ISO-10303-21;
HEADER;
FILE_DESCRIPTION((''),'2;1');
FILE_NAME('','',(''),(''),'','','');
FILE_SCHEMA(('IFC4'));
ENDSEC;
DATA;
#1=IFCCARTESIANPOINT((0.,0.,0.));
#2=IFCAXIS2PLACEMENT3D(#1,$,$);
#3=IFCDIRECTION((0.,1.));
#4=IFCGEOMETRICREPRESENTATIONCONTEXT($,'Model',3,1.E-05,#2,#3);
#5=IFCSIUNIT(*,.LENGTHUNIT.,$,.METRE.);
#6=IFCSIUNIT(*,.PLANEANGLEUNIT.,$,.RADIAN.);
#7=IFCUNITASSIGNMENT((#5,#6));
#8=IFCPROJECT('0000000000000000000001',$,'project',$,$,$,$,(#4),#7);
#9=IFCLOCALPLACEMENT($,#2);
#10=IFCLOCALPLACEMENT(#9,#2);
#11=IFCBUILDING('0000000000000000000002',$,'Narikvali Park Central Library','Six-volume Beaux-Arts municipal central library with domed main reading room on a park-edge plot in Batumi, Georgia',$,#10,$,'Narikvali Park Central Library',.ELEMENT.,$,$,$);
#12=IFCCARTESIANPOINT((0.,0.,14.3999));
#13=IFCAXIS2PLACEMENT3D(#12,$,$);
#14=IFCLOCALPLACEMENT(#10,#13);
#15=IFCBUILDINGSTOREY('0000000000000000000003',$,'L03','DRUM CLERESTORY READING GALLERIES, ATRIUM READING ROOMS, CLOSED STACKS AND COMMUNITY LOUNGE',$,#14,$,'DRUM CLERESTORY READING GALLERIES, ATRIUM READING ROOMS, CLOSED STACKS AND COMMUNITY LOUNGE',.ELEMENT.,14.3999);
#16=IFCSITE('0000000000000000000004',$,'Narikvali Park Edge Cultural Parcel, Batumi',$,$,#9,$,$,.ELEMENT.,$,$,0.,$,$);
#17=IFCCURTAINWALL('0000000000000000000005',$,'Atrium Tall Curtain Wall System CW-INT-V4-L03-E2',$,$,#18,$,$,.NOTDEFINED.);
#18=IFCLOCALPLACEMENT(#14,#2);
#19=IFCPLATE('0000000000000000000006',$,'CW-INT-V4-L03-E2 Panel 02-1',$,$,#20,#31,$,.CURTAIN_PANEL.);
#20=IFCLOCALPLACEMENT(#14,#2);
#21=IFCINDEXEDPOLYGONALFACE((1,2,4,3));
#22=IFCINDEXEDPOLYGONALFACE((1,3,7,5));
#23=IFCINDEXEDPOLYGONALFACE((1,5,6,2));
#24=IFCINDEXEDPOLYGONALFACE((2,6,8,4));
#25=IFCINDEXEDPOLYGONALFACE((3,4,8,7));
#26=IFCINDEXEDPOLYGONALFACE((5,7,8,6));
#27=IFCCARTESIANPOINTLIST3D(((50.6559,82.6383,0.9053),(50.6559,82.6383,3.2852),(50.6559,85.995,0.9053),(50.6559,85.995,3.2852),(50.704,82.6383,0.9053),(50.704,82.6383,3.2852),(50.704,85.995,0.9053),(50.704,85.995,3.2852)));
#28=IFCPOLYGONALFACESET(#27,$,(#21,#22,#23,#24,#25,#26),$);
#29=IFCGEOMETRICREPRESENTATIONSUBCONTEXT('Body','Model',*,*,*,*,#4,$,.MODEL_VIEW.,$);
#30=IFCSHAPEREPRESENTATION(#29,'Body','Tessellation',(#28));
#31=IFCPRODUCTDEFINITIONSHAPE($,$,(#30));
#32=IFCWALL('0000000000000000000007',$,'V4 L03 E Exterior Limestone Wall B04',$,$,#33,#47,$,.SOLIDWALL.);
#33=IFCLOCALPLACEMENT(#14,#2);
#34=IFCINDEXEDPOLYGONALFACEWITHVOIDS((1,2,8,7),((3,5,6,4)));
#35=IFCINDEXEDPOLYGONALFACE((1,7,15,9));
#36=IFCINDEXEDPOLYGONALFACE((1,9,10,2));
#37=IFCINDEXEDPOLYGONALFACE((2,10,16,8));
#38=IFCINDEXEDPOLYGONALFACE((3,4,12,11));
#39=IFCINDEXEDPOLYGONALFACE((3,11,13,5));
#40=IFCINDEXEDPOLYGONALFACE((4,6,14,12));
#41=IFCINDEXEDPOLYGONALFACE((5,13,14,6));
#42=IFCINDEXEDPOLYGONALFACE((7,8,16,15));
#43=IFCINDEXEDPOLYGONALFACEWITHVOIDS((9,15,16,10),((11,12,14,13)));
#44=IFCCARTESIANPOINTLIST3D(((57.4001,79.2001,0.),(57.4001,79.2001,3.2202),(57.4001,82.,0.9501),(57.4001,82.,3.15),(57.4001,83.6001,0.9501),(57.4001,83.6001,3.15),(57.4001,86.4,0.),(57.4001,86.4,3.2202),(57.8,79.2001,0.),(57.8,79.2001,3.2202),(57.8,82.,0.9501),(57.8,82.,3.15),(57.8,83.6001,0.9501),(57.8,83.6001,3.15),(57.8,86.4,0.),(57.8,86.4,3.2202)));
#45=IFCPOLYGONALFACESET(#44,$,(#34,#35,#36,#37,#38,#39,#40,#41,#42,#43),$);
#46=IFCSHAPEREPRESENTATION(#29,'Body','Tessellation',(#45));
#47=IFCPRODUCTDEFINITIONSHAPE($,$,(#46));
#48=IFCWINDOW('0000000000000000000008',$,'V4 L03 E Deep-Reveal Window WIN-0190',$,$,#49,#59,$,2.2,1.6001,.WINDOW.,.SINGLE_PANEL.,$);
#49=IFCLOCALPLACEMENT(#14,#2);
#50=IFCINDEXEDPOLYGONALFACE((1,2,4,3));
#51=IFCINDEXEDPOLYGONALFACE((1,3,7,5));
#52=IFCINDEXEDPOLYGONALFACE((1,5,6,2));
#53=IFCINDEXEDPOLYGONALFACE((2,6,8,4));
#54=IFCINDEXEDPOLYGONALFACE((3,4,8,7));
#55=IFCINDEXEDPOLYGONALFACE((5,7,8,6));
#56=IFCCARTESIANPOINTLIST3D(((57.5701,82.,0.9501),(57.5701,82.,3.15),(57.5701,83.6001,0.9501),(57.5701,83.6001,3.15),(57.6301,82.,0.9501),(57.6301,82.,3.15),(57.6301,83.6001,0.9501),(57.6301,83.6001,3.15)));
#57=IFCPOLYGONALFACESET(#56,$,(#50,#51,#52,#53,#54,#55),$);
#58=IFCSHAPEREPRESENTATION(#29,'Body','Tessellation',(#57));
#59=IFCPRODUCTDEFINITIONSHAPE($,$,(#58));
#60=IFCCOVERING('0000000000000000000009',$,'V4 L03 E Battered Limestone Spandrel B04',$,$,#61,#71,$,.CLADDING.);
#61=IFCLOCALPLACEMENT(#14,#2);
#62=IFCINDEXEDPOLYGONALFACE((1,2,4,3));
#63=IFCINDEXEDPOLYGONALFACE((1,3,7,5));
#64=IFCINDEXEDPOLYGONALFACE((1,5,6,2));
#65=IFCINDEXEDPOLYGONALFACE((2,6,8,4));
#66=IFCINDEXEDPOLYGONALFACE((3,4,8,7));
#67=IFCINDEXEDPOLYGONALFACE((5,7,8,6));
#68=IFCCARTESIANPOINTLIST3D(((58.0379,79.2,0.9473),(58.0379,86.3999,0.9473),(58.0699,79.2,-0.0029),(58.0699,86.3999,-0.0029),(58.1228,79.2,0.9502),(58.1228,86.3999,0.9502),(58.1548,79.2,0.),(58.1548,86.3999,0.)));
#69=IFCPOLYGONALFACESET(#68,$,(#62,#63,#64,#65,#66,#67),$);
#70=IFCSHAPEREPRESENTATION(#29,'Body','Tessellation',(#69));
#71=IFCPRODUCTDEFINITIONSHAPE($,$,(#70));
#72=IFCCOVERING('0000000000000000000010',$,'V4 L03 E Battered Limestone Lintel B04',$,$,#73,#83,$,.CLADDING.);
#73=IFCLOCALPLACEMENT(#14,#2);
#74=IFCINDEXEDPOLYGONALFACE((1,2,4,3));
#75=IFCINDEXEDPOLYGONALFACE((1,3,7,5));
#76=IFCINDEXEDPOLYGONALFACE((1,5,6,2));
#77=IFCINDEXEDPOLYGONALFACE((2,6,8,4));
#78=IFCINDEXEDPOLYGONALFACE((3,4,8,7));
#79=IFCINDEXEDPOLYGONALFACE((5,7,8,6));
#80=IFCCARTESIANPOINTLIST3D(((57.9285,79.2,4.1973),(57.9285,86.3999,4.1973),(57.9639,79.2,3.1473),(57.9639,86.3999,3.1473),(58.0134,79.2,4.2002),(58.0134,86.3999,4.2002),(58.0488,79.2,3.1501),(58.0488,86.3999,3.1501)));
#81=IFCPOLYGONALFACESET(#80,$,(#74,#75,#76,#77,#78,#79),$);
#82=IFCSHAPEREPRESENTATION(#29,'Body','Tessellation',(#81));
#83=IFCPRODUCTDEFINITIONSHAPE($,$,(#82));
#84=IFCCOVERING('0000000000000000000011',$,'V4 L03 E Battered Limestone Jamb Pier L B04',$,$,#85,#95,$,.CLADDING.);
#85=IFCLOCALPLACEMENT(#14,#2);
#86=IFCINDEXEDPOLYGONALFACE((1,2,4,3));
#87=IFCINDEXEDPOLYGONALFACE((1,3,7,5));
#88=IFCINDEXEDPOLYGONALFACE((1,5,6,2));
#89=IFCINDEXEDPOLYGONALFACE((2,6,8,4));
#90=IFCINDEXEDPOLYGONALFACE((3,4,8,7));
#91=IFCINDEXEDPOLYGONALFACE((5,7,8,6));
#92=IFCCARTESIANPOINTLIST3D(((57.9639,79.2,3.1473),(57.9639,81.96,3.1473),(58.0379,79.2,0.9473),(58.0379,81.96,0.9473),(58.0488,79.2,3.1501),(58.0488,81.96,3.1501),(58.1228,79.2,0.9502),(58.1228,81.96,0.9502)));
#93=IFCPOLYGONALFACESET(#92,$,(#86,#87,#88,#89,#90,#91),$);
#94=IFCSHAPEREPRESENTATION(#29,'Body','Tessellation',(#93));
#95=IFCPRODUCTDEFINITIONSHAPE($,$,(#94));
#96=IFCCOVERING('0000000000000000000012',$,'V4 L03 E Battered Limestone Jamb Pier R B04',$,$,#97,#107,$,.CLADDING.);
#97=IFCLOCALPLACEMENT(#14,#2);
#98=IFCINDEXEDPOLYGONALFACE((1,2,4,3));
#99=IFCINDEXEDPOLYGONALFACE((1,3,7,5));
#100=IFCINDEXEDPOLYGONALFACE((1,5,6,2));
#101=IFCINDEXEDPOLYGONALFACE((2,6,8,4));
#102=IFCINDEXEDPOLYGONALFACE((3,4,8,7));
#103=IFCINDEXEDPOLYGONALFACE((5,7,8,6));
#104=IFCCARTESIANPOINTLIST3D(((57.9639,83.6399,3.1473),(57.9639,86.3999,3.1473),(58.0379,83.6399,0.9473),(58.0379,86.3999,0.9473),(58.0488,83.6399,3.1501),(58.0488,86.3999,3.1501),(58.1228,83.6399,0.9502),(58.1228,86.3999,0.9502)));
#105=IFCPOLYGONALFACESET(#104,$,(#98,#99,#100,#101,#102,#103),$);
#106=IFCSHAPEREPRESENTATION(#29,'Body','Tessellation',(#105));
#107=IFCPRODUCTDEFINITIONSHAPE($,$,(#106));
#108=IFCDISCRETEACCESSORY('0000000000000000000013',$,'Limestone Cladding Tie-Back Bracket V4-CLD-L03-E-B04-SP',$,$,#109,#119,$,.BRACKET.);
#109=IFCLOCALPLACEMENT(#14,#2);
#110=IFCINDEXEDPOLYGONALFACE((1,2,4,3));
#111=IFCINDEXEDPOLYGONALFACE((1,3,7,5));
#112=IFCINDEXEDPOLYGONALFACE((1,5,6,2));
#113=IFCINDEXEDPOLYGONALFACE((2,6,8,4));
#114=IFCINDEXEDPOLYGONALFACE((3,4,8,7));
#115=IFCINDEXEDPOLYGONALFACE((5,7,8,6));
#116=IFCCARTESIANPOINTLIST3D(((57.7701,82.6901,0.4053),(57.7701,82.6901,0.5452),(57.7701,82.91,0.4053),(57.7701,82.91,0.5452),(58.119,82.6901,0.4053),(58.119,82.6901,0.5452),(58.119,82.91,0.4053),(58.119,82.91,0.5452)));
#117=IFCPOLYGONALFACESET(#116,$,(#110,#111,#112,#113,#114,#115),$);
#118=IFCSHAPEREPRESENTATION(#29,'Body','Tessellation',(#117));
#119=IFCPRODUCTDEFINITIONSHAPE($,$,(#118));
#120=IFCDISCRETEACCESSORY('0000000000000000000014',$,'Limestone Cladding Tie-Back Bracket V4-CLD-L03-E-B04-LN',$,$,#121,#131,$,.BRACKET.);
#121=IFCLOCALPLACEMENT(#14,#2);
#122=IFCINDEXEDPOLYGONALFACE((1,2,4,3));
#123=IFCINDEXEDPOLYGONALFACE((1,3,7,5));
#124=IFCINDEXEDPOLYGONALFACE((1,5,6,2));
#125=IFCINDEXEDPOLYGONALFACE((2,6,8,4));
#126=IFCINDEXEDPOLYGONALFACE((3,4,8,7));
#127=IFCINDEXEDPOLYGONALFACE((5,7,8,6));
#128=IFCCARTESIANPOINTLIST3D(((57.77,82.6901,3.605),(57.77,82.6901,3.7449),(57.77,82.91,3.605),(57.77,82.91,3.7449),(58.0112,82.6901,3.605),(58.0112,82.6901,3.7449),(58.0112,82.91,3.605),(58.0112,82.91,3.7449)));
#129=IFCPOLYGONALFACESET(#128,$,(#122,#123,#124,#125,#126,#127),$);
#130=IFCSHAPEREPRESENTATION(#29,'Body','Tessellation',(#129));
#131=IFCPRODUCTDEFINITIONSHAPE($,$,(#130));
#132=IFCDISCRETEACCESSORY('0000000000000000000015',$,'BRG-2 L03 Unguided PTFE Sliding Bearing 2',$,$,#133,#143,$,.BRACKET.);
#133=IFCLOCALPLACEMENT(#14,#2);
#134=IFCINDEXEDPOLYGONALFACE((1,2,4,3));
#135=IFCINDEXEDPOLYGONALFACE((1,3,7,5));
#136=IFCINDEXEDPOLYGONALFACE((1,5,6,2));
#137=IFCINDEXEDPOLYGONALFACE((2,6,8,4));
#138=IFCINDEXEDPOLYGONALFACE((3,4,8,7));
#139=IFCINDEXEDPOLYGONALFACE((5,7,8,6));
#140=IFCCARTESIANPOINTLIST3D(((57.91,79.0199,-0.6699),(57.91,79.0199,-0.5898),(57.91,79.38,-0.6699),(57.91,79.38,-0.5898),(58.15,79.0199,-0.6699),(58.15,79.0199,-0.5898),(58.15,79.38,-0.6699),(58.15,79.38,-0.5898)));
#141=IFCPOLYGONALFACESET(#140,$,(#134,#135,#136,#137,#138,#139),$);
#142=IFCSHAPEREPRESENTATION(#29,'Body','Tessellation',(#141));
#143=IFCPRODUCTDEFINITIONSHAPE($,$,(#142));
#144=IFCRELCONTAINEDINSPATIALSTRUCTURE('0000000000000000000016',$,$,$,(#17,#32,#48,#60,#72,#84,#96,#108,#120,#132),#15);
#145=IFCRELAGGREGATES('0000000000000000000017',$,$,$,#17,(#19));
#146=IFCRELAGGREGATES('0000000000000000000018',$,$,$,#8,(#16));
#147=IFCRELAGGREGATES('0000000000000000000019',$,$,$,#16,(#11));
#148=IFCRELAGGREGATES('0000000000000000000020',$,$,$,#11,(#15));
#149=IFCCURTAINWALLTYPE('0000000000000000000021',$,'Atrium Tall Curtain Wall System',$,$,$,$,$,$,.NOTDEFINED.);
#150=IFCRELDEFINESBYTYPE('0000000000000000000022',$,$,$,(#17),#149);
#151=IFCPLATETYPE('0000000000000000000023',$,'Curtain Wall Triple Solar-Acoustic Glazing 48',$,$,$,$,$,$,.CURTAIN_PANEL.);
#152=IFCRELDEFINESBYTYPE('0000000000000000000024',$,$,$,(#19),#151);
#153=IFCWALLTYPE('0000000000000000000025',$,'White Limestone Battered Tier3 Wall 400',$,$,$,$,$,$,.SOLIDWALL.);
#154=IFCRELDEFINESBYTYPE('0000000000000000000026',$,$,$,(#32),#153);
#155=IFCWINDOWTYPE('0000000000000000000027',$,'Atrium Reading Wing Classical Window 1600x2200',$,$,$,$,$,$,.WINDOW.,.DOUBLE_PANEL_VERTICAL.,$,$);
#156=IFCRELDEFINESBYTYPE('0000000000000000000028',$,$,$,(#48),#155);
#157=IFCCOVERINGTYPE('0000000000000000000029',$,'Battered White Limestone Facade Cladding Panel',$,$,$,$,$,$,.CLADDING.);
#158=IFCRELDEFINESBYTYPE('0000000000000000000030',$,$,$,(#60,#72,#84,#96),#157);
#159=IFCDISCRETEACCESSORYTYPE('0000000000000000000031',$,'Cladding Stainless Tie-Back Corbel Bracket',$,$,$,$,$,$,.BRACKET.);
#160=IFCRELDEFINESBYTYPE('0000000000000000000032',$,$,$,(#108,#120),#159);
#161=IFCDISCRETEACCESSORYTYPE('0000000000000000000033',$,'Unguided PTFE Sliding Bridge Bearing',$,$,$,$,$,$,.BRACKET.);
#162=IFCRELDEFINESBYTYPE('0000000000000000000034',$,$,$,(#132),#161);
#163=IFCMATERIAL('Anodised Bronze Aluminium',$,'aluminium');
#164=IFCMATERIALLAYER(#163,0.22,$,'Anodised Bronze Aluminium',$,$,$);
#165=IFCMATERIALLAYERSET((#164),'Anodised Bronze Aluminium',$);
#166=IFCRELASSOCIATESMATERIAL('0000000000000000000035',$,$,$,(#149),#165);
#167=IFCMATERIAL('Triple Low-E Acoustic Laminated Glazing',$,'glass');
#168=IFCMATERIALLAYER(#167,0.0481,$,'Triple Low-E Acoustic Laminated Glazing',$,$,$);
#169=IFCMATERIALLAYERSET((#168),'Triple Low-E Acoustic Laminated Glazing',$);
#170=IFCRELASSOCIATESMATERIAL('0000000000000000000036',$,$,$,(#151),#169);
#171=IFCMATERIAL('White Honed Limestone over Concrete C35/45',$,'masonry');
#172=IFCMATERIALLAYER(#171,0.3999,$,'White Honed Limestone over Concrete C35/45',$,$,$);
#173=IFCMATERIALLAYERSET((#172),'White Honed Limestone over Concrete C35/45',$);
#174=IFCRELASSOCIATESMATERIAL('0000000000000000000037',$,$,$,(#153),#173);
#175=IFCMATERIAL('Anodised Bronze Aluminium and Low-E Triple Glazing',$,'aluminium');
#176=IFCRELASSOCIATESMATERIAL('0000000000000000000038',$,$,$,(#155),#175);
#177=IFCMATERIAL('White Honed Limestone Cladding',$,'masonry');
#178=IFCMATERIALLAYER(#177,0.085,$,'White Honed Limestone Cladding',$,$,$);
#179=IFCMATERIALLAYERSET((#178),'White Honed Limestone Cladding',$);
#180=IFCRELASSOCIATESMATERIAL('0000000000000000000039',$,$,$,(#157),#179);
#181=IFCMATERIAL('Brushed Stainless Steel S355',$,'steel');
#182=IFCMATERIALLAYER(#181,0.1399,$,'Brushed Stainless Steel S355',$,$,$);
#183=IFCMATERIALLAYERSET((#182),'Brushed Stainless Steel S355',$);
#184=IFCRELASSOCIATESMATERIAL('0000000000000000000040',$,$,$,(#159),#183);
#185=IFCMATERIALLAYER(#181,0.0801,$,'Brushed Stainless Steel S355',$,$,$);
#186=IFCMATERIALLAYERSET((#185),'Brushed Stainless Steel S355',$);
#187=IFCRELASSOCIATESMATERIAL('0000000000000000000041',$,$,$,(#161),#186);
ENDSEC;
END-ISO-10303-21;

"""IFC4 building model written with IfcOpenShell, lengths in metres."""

from ifc_helpers import new_model, si_unit, direction, frame, frame_2d, origin, origin_2d, place, context, subcontext, project, spatial, polyline, rectangle, outline, extrude, material, layer, layer_set, type_object, element, fill, aggregate, save


model = new_model("IFC4")

# Units and contexts
model_context = context("Model", 3, precision=1e-05, world=origin(), true_north=direction((0.0, 1.0)))
body_context = subcontext(model_context, "Body", "Model", "MODEL_VIEW")
ifc_project = project(units=[si_unit("LENGTHUNIT", "METRE"), si_unit("PLANEANGLEUNIT", "RADIAN")], contexts=[model_context])

# Site, building, storey
site_placement = place(None, origin())
site = spatial("IfcSite", under=ifc_project, at=site_placement, Name="Narikvali Park Edge Cultural Parcel, Batumi", CompositionType="ELEMENT", RefElevation=0.0)
building_placement = place(site_placement, origin())
building = spatial("IfcBuilding", under=site, at=building_placement, Name="Narikvali Park Central Library", Description="Six-volume Beaux-Arts municipal central library with domed main reading room on a park-edge plot in Batumi, Georgia", LongName="Narikvali Park Central Library", CompositionType="ELEMENT")
storey_placement = place(building_placement, frame((0.0, 0.0, 14.3999)))
storey = spatial("IfcBuildingStorey", under=building, at=storey_placement, Name="L03", Description="DRUM CLERESTORY READING GALLERIES, ATRIUM READING ROOMS, CLOSED STACKS AND COMMUNITY LOUNGE", LongName="DRUM CLERESTORY READING GALLERIES, ATRIUM READING ROOMS, CLOSED STACKS AND COMMUNITY LOUNGE", CompositionType="ELEMENT", Elevation=14.3999)

# Curtain wall
ifc_material_1 = material(Name="Anodised Bronze Aluminium", Category="aluminium")
ifc_layer_1 = layer(ifc_material_1, 0.22, Name="Anodised Bronze Aluminium")
ifc_layer_set_1 = layer_set([ifc_layer_1], Name="Anodised Bronze Aluminium")
curtain_wall_type = type_object("IfcCurtainWallType", Name="Atrium Tall Curtain Wall System", PredefinedType="NOTDEFINED", material=ifc_layer_set_1)
curtain_wall_placement = place(storey_placement, origin())
curtain_wall = element("IfcCurtainWall", 1, at=curtain_wall_placement, inside=storey, type_object=curtain_wall_type, Name="Atrium Tall Curtain Wall System CW-INT-V4-L03-E2", PredefinedType="NOTDEFINED")

# Plate
ifc_material_2 = material(Name="Triple Low-E Acoustic Laminated Glazing", Category="glass")
ifc_layer_2 = layer(ifc_material_2, 0.0481, Name="Triple Low-E Acoustic Laminated Glazing")
ifc_layer_set_2 = layer_set([ifc_layer_2], Name="Triple Low-E Acoustic Laminated Glazing")
plate_type_1 = type_object("IfcPlateType", Name="Curtain Wall Triple Solar-Acoustic Glazing 48", PredefinedType="CURTAIN_PANEL", material=ifc_layer_set_2)
plate_1_placement = place(storey_placement, frame((50.6799, 84.3167, 0.9053), z_axis=(0.0, 0.0, 1.0), x_axis=(0.0, 1.0, 0.0)))
plate_1 = element("IfcPlate", 2, at=plate_1_placement, type_object=plate_type_1, Name="CW-INT-V4-L03-E2 Panel 02-1", PredefinedType="CURTAIN_PANEL", context=body_context, shape_type="SweptSolid", body=[
    extrude(rectangle(XDim=3.3567, YDim=0.0481, at=origin_2d()), origin(), (0.0, 0.0, 1.0), 2.3799),
])
aggregate(curtain_wall, [plate_1])

# Wall, opening, window
ifc_material_3 = material(Name="White Honed Limestone over Concrete C35/45", Category="masonry")
ifc_layer_3 = layer(ifc_material_3, 0.3999, Name="White Honed Limestone over Concrete C35/45")
ifc_layer_set_3 = layer_set([ifc_layer_3], Name="White Honed Limestone over Concrete C35/45")
wall_type = type_object("IfcWallType", Name="White Limestone Battered Tier3 Wall 400", PredefinedType="SOLIDWALL", material=ifc_layer_set_3)
wall_placement = place(storey_placement, frame((57.6001, 79.2, 0.0), z_axis=(0.0, 0.0, 1.0), x_axis=(0.0, 1.0, 0.0)))
wall = element("IfcWall", 3, at=wall_placement, inside=storey, type_object=wall_type, Name="V4 L03 E Exterior Limestone Wall B04", PredefinedType="SOLIDWALL", context=body_context, shape_type="SweptSolid", body=[
    extrude(rectangle(XDim=7.2, YDim=0.3999, at=frame_2d((3.6001, 0.0))), origin(), (0.0, 0.0, 1.0), 3.2202),
])
opening_placement = place(wall_placement, frame((2.8, 0.0, 0.95)))
opening = element("IfcOpeningElement", 4, at=opening_placement, cuts=wall, PredefinedType="OPENING", context=body_context, shape_type="SweptSolid", body=[
    extrude(rectangle(XDim=1.6001, YDim=2.2, at=frame_2d((0.8, 1.1001))), frame((0.0, 0.2119, 0.0), z_axis=(0.0, -1.0, 0.0), x_axis=(1.0, 0.0, 0.0)), (0.0, 0.0, 1.0), 0.4238),
])
ifc_material_4 = material(Name="Anodised Bronze Aluminium and Low-E Triple Glazing", Category="aluminium")
window_type = type_object("IfcWindowType", Name="Atrium Reading Wing Classical Window 1600x2200", PartitioningType="DOUBLE_PANEL_VERTICAL", PredefinedType="WINDOW", material=ifc_material_4)
window_placement = place(opening_placement, origin())
window = element("IfcWindow", 5, at=window_placement, inside=storey, type_object=window_type, Name="V4 L03 E Deep-Reveal Window WIN-0190", OverallHeight=2.2, OverallWidth=1.6001, PartitioningType="SINGLE_PANEL", PredefinedType="WINDOW", context=body_context, shape_type="SweptSolid", body=[
    extrude(rectangle(XDim=1.6001, YDim=2.2, at=frame_2d((0.8, 1.1001))), frame((0.0, 0.03, 0.0), z_axis=(0.0, -1.0, 0.0), x_axis=(1.0, 0.0, 0.0)), (0.0, 0.0, 1.0), 0.0601),
])
fill(opening, window)

# Coverings
ifc_material_5 = material(Name="White Honed Limestone Cladding", Category="masonry")
ifc_layer_4 = layer(ifc_material_5, 0.085, Name="White Honed Limestone Cladding")
ifc_layer_set_4 = layer_set([ifc_layer_4], Name="White Honed Limestone Cladding")
covering_type = type_object("IfcCoveringType", Name="Battered White Limestone Facade Cladding Panel", PredefinedType="CLADDING", material=ifc_layer_set_4)
covering_1_placement = place(storey_placement, frame((58.1548, 79.2, 0.0), z_axis=(0.999434, 0.0, 0.03364), x_axis=(0.0, 1.0, 0.0)))
element("IfcCovering", 6, at=covering_1_placement, inside=storey, type_object=covering_type, Name="V4 L03 E Battered Limestone Spandrel B04", PredefinedType="CLADDING", context=body_context, shape_type="SweptSolid", body=[
    extrude(outline(polyline([(0.0, 0.0), (7.2, 0.0), (7.2, 0.9507), (0.0, 0.9507), (0.0, 0.0)])), origin(), (0.0, 0.0, -1.0), 0.085),
])
covering_2_placement = place(storey_placement, frame((58.0488, 79.2, 3.1501), z_axis=(0.999432, 0.0, 0.033694), x_axis=(0.0, 1.0, 0.0)))
element("IfcCovering", 7, at=covering_2_placement, inside=storey, type_object=covering_type, Name="V4 L03 E Battered Limestone Lintel B04", PredefinedType="CLADDING", context=body_context, shape_type="SweptSolid", body=[
    extrude(outline(polyline([(0.0, 0.0), (7.2, 0.0), (7.2, 1.0506), (0.0, 1.0506), (0.0, 0.0)])), origin(), (0.0, 0.0, -1.0), 0.085),
])
for number, where, z_axis, x_axis, name in (
    (8, (58.1228, 79.2, 0.9502), (0.999435, 0.0, 0.033607), (0.0, 1.0, 0.0), "V4 L03 E Battered Limestone Jamb Pier L B04"),
    (9, (58.1228, 83.6399, 0.9502), (0.999435, 0.0, 0.033607), (0.0, 1.0, 0.0), "V4 L03 E Battered Limestone Jamb Pier R B04"),
):
    element("IfcCovering", number, at=place(storey_placement, frame(where, z_axis=z_axis, x_axis=x_axis)), inside=storey, type_object=covering_type, Name=name, PredefinedType="CLADDING", context=body_context, shape_type="SweptSolid", body=[
        extrude(outline(polyline([(0.0, 0.0), (2.76, 0.0), (2.76, 2.2012), (0.0, 2.2012), (0.0, 0.0)])), origin(), (0.0, 0.0, -1.0), 0.085),
    ])

# Discrete accessories
ifc_material_6 = material(Name="Brushed Stainless Steel S355", Category="steel")
ifc_layer_5 = layer(ifc_material_6, 0.1399, Name="Brushed Stainless Steel S355")
ifc_layer_set_5 = layer_set([ifc_layer_5], Name="Brushed Stainless Steel S355")
discrete_accessory_type_1 = type_object("IfcDiscreteAccessoryType", Name="Cladding Stainless Tie-Back Corbel Bracket", PredefinedType="BRACKET", material=ifc_layer_set_5)
discrete_accessory_1_placement = place(storey_placement, frame((57.9446, 82.8, 0.4053), z_axis=(0.0, 0.0, 1.0), x_axis=(1.0, 0.0, 0.0)))
element("IfcDiscreteAccessory", 10, at=discrete_accessory_1_placement, inside=storey, type_object=discrete_accessory_type_1, Name="Limestone Cladding Tie-Back Bracket V4-CLD-L03-E-B04-SP", PredefinedType="BRACKET", context=body_context, shape_type="SweptSolid", body=[
    extrude(rectangle(XDim=0.3489, YDim=0.22, at=origin_2d()), origin(), (0.0, 0.0, 1.0), 0.1399),
])
discrete_accessory_2_placement = place(storey_placement, frame((57.8906, 82.8, 3.605), z_axis=(0.0, 0.0, 1.0), x_axis=(1.0, 0.0, 0.0)))
element("IfcDiscreteAccessory", 11, at=discrete_accessory_2_placement, inside=storey, type_object=discrete_accessory_type_1, Name="Limestone Cladding Tie-Back Bracket V4-CLD-L03-E-B04-LN", PredefinedType="BRACKET", context=body_context, shape_type="SweptSolid", body=[
    extrude(rectangle(XDim=0.2412, YDim=0.22, at=origin_2d()), origin(), (0.0, 0.0, 1.0), 0.1399),
])
ifc_layer_6 = layer(ifc_material_6, 0.0801, Name="Brushed Stainless Steel S355")
ifc_layer_set_6 = layer_set([ifc_layer_6], Name="Brushed Stainless Steel S355")
discrete_accessory_type_2 = type_object("IfcDiscreteAccessoryType", Name="Unguided PTFE Sliding Bridge Bearing", PredefinedType="BRACKET", material=ifc_layer_set_6)
discrete_accessory_3_placement = place(storey_placement, frame((58.03, 79.2, -0.6699), z_axis=(0.0, 0.0, 1.0), x_axis=(1.0, 0.0, 0.0)))
element("IfcDiscreteAccessory", 12, at=discrete_accessory_3_placement, inside=storey, type_object=discrete_accessory_type_2, Name="BRG-2 L03 Unguided PTFE Sliding Bearing 2", PredefinedType="BRACKET", context=body_context, shape_type="SweptSolid", body=[
    extrude(rectangle(XDim=0.24, YDim=0.3601, at=origin_2d()), origin(), (0.0, 0.0, 1.0), 0.0801),
])

save(model, "model.ifc")
